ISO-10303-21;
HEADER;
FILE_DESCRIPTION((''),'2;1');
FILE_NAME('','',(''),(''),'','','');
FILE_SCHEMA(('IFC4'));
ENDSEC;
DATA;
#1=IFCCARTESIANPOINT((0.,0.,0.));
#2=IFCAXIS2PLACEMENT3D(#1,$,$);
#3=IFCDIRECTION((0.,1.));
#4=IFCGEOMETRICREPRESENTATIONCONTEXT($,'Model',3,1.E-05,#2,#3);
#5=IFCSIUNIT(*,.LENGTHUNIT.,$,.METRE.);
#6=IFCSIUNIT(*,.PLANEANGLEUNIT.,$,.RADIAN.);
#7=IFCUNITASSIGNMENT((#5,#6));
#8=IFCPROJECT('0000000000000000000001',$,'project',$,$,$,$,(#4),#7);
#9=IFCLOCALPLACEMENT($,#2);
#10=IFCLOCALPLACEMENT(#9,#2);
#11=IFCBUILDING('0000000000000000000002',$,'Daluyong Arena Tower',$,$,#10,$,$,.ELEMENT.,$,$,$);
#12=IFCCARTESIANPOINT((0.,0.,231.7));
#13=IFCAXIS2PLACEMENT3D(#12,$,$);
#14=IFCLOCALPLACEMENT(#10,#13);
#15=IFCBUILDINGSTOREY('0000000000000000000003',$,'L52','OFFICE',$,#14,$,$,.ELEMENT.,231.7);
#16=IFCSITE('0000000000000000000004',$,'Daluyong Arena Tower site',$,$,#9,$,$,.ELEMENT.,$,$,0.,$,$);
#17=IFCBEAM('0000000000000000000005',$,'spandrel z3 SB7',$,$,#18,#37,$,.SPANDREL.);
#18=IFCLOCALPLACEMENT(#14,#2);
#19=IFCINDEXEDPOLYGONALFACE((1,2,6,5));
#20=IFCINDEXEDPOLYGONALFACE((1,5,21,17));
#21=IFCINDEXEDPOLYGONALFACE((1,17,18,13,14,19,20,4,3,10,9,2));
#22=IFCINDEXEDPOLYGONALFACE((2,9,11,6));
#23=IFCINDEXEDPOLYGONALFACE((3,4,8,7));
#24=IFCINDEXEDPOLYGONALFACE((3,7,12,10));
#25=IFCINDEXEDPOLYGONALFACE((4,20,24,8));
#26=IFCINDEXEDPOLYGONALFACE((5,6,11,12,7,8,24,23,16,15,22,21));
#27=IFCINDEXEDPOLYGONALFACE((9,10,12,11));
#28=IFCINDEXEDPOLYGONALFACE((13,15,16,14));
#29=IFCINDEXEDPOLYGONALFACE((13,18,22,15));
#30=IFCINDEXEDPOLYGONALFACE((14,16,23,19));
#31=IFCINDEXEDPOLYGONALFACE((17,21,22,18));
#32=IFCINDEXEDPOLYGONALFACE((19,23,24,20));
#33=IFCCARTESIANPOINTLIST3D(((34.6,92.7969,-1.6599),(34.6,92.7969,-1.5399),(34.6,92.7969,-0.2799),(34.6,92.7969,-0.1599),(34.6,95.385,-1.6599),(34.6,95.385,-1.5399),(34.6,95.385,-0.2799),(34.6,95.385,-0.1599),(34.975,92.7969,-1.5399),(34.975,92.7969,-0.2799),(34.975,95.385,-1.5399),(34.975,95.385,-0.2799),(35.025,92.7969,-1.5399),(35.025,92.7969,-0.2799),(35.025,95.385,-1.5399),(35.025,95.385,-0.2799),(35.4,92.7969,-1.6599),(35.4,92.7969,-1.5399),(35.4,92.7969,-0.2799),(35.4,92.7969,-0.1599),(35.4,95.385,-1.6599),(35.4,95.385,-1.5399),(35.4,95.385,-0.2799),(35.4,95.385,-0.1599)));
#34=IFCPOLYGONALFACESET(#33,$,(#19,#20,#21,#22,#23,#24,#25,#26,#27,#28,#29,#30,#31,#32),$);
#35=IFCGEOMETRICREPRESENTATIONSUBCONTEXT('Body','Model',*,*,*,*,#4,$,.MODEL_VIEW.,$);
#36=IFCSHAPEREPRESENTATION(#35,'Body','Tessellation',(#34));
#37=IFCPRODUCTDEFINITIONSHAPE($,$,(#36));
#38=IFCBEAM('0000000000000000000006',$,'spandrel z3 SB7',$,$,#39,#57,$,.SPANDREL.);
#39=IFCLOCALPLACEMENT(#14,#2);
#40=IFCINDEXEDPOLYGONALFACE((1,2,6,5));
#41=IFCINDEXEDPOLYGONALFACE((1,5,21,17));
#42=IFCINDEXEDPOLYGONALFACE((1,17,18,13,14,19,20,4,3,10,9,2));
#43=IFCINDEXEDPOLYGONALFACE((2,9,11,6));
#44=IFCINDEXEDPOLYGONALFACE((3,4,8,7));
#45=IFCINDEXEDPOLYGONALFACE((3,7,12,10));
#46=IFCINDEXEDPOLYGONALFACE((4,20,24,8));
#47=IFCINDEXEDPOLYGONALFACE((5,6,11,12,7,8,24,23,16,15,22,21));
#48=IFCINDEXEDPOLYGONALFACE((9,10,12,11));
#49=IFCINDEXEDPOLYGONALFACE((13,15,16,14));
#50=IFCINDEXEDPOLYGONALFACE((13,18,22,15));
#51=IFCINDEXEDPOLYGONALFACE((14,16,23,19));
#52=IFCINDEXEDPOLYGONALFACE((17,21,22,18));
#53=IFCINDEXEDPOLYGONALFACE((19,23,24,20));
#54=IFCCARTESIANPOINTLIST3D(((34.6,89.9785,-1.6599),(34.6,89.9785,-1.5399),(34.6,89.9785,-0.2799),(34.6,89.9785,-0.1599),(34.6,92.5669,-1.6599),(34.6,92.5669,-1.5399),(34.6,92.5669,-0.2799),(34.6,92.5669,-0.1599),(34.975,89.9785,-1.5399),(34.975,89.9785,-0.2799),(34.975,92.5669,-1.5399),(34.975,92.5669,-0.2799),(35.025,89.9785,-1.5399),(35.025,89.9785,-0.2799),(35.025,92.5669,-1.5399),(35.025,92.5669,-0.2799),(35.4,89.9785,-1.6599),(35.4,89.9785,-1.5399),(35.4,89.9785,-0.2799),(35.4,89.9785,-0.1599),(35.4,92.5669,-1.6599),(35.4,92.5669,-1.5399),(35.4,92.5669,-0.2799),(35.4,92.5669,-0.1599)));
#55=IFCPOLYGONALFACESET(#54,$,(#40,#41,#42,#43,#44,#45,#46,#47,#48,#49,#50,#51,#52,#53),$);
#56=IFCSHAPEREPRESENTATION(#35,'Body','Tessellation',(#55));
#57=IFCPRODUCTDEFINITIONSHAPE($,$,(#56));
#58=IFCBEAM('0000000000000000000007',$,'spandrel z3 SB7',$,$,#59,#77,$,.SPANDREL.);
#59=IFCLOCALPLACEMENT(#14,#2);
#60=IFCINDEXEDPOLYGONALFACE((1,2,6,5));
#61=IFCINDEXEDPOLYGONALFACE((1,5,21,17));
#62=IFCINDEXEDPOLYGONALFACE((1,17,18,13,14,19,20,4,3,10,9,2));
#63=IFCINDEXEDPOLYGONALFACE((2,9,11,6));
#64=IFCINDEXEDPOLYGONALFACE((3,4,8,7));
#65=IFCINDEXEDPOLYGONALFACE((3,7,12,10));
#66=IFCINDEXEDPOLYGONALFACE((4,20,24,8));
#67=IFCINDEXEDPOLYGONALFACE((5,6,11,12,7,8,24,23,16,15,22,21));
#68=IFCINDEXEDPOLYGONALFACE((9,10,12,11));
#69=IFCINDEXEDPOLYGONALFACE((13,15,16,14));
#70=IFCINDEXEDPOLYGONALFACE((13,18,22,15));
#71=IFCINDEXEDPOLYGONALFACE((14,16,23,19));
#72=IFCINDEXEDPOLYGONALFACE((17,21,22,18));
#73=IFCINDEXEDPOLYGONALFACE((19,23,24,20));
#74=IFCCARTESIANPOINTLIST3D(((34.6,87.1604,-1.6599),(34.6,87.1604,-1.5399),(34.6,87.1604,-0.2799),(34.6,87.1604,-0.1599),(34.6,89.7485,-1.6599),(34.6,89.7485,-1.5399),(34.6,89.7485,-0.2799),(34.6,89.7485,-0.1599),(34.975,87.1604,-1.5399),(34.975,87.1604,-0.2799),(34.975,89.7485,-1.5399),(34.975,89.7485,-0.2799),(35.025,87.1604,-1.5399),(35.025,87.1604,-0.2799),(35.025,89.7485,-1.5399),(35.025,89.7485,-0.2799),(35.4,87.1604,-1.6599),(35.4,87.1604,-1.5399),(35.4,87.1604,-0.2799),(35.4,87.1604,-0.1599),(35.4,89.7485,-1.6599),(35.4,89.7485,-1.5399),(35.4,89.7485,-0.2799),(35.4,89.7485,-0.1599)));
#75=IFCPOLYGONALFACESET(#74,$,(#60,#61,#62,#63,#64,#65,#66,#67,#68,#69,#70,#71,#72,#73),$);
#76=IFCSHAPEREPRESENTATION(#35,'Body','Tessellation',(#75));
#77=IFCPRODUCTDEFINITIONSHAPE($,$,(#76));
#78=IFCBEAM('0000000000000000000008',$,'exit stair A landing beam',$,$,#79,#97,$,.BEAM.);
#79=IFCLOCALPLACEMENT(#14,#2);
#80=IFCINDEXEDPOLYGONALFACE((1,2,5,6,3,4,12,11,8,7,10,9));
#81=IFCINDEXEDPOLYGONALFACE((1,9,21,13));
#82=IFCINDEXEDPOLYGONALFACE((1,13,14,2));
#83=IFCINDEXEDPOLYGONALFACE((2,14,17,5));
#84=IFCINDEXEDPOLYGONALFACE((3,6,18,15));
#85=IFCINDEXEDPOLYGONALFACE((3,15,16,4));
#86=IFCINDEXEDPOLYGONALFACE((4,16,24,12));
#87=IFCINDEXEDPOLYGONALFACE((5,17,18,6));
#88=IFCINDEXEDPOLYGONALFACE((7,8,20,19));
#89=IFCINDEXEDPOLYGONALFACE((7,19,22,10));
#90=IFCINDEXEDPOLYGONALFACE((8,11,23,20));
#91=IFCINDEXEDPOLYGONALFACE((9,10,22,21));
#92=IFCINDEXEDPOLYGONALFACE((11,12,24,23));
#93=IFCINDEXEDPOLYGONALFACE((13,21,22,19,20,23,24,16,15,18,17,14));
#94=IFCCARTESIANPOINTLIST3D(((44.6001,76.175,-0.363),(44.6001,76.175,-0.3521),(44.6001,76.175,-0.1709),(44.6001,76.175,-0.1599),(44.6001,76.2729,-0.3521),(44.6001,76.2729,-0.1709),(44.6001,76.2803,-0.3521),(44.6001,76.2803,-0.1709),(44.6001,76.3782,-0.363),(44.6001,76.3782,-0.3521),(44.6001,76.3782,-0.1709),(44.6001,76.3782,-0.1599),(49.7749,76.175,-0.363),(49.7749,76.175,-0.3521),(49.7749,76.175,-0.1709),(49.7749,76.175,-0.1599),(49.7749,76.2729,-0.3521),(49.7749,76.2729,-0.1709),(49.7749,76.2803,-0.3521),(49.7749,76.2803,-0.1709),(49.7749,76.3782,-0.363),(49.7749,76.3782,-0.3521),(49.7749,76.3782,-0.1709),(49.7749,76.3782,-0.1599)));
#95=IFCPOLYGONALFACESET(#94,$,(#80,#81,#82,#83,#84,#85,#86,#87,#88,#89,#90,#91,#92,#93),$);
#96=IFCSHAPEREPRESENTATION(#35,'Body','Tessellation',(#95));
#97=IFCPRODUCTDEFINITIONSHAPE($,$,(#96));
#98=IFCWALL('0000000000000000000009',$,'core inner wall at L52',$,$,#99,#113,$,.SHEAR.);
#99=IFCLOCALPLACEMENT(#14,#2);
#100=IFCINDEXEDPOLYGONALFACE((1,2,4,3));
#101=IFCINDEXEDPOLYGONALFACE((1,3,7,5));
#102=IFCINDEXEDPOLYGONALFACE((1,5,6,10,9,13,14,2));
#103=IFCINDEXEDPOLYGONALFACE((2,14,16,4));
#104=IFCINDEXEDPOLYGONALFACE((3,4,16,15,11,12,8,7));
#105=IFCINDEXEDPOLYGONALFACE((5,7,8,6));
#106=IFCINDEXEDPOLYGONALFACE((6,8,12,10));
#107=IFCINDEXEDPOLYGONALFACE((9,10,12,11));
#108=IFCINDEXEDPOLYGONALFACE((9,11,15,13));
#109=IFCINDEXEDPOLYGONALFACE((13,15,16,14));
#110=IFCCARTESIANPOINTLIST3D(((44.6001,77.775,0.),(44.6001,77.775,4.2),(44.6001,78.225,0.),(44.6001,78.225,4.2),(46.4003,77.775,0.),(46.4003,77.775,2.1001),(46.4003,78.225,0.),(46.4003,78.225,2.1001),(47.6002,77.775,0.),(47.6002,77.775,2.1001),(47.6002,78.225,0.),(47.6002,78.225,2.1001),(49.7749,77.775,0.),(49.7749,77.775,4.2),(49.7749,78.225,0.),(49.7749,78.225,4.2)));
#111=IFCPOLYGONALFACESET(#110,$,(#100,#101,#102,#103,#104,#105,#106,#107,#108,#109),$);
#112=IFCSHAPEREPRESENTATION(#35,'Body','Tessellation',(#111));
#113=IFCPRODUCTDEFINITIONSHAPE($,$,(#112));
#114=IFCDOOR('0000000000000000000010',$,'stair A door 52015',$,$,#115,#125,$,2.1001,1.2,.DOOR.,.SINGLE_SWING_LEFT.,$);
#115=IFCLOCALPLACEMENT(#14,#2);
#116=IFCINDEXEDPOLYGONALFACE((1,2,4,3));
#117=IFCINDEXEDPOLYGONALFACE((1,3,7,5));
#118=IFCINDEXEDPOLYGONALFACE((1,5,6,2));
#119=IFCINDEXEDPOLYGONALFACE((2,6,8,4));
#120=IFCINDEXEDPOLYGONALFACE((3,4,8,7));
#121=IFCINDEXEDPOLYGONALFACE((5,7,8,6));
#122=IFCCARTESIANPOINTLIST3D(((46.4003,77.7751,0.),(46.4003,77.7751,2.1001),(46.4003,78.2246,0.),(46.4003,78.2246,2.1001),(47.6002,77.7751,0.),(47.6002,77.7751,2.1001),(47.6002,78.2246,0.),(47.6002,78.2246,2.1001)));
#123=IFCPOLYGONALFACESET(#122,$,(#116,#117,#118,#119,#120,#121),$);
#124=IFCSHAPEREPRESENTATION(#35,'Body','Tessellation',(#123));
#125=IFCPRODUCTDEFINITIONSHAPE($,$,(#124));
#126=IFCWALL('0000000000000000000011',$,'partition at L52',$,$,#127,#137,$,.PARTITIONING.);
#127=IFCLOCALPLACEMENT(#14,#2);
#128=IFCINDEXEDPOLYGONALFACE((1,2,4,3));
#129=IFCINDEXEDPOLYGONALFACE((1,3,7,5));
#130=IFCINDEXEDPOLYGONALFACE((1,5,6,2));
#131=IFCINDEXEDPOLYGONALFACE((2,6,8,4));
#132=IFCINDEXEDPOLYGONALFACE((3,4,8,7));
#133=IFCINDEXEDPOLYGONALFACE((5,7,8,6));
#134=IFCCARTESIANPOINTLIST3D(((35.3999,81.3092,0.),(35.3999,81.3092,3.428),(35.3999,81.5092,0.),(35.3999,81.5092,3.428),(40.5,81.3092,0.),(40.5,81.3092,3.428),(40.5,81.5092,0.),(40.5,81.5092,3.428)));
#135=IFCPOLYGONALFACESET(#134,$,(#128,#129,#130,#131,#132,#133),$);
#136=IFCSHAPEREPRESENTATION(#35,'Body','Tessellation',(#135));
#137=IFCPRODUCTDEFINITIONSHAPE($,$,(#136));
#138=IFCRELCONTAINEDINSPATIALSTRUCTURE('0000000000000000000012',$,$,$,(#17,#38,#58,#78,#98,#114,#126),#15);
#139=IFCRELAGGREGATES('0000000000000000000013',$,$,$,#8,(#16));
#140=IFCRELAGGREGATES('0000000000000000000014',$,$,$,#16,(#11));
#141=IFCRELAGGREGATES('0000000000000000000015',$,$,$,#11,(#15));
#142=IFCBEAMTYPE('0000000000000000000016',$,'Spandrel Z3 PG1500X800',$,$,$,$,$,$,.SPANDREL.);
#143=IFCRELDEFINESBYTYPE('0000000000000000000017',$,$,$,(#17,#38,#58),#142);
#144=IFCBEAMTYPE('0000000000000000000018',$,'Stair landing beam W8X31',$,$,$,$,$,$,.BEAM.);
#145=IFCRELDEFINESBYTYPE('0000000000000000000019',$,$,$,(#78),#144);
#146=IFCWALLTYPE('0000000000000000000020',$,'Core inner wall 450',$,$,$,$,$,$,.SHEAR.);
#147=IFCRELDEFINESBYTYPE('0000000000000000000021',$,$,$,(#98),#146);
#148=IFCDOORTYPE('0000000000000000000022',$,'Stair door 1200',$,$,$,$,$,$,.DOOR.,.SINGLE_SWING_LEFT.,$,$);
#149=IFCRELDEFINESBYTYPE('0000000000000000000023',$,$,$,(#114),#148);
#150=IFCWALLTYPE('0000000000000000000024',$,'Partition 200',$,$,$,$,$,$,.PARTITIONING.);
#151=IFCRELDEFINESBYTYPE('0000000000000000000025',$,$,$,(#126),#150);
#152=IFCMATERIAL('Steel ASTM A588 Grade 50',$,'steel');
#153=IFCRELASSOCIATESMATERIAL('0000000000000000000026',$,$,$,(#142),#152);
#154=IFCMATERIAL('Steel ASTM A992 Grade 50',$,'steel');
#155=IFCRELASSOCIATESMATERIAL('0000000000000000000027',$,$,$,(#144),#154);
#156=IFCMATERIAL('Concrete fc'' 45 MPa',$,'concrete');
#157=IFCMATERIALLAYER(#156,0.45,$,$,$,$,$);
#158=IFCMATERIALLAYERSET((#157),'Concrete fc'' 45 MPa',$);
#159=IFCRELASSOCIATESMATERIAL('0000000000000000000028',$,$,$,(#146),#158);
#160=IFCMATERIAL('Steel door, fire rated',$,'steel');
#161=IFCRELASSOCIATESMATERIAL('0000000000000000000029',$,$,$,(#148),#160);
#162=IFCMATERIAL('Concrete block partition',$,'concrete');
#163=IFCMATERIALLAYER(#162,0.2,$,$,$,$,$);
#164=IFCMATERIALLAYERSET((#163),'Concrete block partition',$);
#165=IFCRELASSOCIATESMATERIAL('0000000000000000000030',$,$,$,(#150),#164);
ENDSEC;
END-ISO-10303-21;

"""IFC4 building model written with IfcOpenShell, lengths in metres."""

from ifc_helpers import new_model, si_unit, direction, frame, frame_2d, origin, origin_2d, place, context, subcontext, project, spatial, rectangle, i_section, extrude, material, layer, layer_set, material_profile, profile_set, type_object, element, fill, save


model = new_model("IFC4")

# Units and contexts
model_context = context("Model", 3, precision=1e-05, world=origin(), true_north=direction((0.0, 1.0)))
body_context = subcontext(model_context, "Body", "Model", "MODEL_VIEW")
ifc_project = project(units=[si_unit("LENGTHUNIT", "METRE"), si_unit("PLANEANGLEUNIT", "RADIAN")], contexts=[model_context])

# Site, building, storey
site_placement = place(None, origin())
site = spatial("IfcSite", under=ifc_project, at=site_placement, Name="Daluyong Arena Tower site", CompositionType="ELEMENT", RefElevation=0.0)
building_placement = place(site_placement, origin())
building = spatial("IfcBuilding", under=site, at=building_placement, Name="Daluyong Arena Tower", CompositionType="ELEMENT")
storey_placement = place(building_placement, frame((0.0, 0.0, 231.7)))
storey = spatial("IfcBuildingStorey", under=building, at=storey_placement, Name="L52", Description="OFFICE", CompositionType="ELEMENT", Elevation=231.7)

# Beams
ifc_material_1 = material(Name="Steel ASTM A588 Grade 50", Category="steel")
ifc_material_profile_1 = material_profile(ifc_material_1, i_section(OverallWidth=0.8, OverallDepth=1.5, WebThickness=0.05, FlangeThickness=0.12, at=origin_2d()))
ifc_profile_set_1 = profile_set([ifc_material_profile_1], Name="Steel ASTM A588 Grade 50")
beam_type_1 = type_object("IfcBeamType", Name="Spandrel Z3 PG1500X800", PredefinedType="SPANDREL", material=ifc_profile_set_1)
beam_1_placement = place(storey_placement, frame((35.0, 95.385, -0.9099), z_axis=(0.0, -1.0, 0.0), x_axis=(1.0, 0.0, 0.0)))
element("IfcBeam", 1, at=beam_1_placement, inside=storey, type_object=beam_type_1, Name="spandrel z3 SB7", PredefinedType="SPANDREL", context=body_context, shape_type="SweptSolid", body=[
    extrude(i_section(OverallWidth=0.8, OverallDepth=1.5, WebThickness=0.05, FlangeThickness=0.12, at=origin_2d()), origin(), (0.0, 0.0, 1.0), 2.5881),
])
beam_2_placement = place(storey_placement, frame((35.0, 92.5669, -0.9099), z_axis=(0.0, -1.0, 0.0), x_axis=(1.0, 0.0, 0.0)))
element("IfcBeam", 2, at=beam_2_placement, inside=storey, type_object=beam_type_1, Name="spandrel z3 SB7", PredefinedType="SPANDREL", context=body_context, shape_type="SweptSolid", body=[
    extrude(i_section(OverallWidth=0.8, OverallDepth=1.5, WebThickness=0.05, FlangeThickness=0.12, at=origin_2d()), origin(), (0.0, 0.0, 1.0), 2.5884),
])
beam_3_placement = place(storey_placement, frame((35.0, 89.7485, -0.9099), z_axis=(0.0, -1.0, 0.0), x_axis=(1.0, 0.0, 0.0)))
element("IfcBeam", 3, at=beam_3_placement, inside=storey, type_object=beam_type_1, Name="spandrel z3 SB7", PredefinedType="SPANDREL", context=body_context, shape_type="SweptSolid", body=[
    extrude(i_section(OverallWidth=0.8, OverallDepth=1.5, WebThickness=0.05, FlangeThickness=0.12, at=origin_2d()), origin(), (0.0, 0.0, 1.0), 2.5881),
])
ifc_material_2 = material(Name="Steel ASTM A992 Grade 50", Category="steel")
ifc_material_profile_2 = material_profile(ifc_material_2, i_section(OverallWidth=0.2031, OverallDepth=0.2031, WebThickness=0.0073, FlangeThickness=0.011, at=origin_2d()))
ifc_profile_set_2 = profile_set([ifc_material_profile_2], Name="Steel ASTM A992 Grade 50")
beam_type_2 = type_object("IfcBeamType", Name="Stair landing beam W8X31", PredefinedType="BEAM", material=ifc_profile_set_2)
beam_4_placement = place(storey_placement, frame((44.6001, 76.2766, -0.2615), z_axis=(1.0, 0.0, 0.0), x_axis=(0.0, 1.0, 0.0)))
element("IfcBeam", 4, at=beam_4_placement, inside=storey, type_object=beam_type_2, Name="exit stair A landing beam", PredefinedType="BEAM", context=body_context, shape_type="SweptSolid", body=[
    extrude(i_section(OverallWidth=0.2031, OverallDepth=0.2031, WebThickness=0.0073, FlangeThickness=0.011, at=origin_2d()), origin(), (0.0, 0.0, 1.0), 5.1748),
])

# Wall, opening, door
ifc_material_3 = material(Name="Concrete fc' 45 MPa", Category="concrete")
ifc_layer_1 = layer(ifc_material_3, 0.45)
ifc_layer_set_1 = layer_set([ifc_layer_1], Name="Concrete fc' 45 MPa")
wall_type_1 = type_object("IfcWallType", Name="Core inner wall 450", PredefinedType="SHEAR", material=ifc_layer_set_1)
wall_1_placement = place(storey_placement, frame((44.6001, 78.0, 0.0), z_axis=(0.0, 0.0, 1.0), x_axis=(1.0, 0.0, 0.0)))
wall_1 = element("IfcWall", 5, at=wall_1_placement, inside=storey, type_object=wall_type_1, Name="core inner wall at L52", PredefinedType="SHEAR", context=body_context, shape_type="SweptSolid", body=[
    extrude(rectangle(XDim=5.1748, YDim=0.45, at=frame_2d((2.5874, 0.0))), origin(), (0.0, 0.0, 1.0), 4.2),
])
opening_placement = place(wall_1_placement, frame((1.8, 0.0, 0.0)))
opening = element("IfcOpeningElement", 6, at=opening_placement, cuts=wall_1, PredefinedType="OPENING", context=body_context, shape_type="SweptSolid", body=[
    extrude(rectangle(XDim=1.2, YDim=2.1001, at=frame_2d((0.6001, 1.05))), frame((0.0, 0.2349, 0.0), z_axis=(0.0, -1.0, 0.0), x_axis=(1.0, 0.0, 0.0)), (0.0, 0.0, 1.0), 0.47),
])
ifc_material_4 = material(Name="Steel door, fire rated", Category="steel")
door_type = type_object("IfcDoorType", Name="Stair door 1200", OperationType="SINGLE_SWING_LEFT", PredefinedType="DOOR", material=ifc_material_4)
door_placement = place(opening_placement, origin())
door = element("IfcDoor", 7, at=door_placement, inside=storey, type_object=door_type, Name="stair A door 52015", OperationType="SINGLE_SWING_LEFT", OverallHeight=2.1001, OverallWidth=1.2, PredefinedType="DOOR", context=body_context, shape_type="SweptSolid", body=[
    extrude(rectangle(XDim=1.2, YDim=2.1001, at=frame_2d((0.6001, 1.05))), frame((0.0, 0.2246, 0.0), z_axis=(0.0, -1.0, 0.0), x_axis=(1.0, 0.0, 0.0)), (0.0, 0.0, 1.0), 0.4495),
])
fill(opening, door)

# Wall
ifc_material_5 = material(Name="Concrete block partition", Category="concrete")
ifc_layer_2 = layer(ifc_material_5, 0.2)
ifc_layer_set_2 = layer_set([ifc_layer_2], Name="Concrete block partition")
wall_type_2 = type_object("IfcWallType", Name="Partition 200", PredefinedType="PARTITIONING", material=ifc_layer_set_2)
wall_2_placement = place(storey_placement, frame((35.3999, 81.4092, 0.0), z_axis=(0.0, 0.0, 1.0), x_axis=(1.0, 0.0, 0.0)))
element("IfcWall", 8, at=wall_2_placement, inside=storey, type_object=wall_type_2, Name="partition at L52", PredefinedType="PARTITIONING", context=body_context, shape_type="SweptSolid", body=[
    extrude(rectangle(XDim=5.1001, YDim=0.2, at=frame_2d((2.55, 0.0))), origin(), (0.0, 0.0, 1.0), 3.428),
])

save(model, "model.ifc")
